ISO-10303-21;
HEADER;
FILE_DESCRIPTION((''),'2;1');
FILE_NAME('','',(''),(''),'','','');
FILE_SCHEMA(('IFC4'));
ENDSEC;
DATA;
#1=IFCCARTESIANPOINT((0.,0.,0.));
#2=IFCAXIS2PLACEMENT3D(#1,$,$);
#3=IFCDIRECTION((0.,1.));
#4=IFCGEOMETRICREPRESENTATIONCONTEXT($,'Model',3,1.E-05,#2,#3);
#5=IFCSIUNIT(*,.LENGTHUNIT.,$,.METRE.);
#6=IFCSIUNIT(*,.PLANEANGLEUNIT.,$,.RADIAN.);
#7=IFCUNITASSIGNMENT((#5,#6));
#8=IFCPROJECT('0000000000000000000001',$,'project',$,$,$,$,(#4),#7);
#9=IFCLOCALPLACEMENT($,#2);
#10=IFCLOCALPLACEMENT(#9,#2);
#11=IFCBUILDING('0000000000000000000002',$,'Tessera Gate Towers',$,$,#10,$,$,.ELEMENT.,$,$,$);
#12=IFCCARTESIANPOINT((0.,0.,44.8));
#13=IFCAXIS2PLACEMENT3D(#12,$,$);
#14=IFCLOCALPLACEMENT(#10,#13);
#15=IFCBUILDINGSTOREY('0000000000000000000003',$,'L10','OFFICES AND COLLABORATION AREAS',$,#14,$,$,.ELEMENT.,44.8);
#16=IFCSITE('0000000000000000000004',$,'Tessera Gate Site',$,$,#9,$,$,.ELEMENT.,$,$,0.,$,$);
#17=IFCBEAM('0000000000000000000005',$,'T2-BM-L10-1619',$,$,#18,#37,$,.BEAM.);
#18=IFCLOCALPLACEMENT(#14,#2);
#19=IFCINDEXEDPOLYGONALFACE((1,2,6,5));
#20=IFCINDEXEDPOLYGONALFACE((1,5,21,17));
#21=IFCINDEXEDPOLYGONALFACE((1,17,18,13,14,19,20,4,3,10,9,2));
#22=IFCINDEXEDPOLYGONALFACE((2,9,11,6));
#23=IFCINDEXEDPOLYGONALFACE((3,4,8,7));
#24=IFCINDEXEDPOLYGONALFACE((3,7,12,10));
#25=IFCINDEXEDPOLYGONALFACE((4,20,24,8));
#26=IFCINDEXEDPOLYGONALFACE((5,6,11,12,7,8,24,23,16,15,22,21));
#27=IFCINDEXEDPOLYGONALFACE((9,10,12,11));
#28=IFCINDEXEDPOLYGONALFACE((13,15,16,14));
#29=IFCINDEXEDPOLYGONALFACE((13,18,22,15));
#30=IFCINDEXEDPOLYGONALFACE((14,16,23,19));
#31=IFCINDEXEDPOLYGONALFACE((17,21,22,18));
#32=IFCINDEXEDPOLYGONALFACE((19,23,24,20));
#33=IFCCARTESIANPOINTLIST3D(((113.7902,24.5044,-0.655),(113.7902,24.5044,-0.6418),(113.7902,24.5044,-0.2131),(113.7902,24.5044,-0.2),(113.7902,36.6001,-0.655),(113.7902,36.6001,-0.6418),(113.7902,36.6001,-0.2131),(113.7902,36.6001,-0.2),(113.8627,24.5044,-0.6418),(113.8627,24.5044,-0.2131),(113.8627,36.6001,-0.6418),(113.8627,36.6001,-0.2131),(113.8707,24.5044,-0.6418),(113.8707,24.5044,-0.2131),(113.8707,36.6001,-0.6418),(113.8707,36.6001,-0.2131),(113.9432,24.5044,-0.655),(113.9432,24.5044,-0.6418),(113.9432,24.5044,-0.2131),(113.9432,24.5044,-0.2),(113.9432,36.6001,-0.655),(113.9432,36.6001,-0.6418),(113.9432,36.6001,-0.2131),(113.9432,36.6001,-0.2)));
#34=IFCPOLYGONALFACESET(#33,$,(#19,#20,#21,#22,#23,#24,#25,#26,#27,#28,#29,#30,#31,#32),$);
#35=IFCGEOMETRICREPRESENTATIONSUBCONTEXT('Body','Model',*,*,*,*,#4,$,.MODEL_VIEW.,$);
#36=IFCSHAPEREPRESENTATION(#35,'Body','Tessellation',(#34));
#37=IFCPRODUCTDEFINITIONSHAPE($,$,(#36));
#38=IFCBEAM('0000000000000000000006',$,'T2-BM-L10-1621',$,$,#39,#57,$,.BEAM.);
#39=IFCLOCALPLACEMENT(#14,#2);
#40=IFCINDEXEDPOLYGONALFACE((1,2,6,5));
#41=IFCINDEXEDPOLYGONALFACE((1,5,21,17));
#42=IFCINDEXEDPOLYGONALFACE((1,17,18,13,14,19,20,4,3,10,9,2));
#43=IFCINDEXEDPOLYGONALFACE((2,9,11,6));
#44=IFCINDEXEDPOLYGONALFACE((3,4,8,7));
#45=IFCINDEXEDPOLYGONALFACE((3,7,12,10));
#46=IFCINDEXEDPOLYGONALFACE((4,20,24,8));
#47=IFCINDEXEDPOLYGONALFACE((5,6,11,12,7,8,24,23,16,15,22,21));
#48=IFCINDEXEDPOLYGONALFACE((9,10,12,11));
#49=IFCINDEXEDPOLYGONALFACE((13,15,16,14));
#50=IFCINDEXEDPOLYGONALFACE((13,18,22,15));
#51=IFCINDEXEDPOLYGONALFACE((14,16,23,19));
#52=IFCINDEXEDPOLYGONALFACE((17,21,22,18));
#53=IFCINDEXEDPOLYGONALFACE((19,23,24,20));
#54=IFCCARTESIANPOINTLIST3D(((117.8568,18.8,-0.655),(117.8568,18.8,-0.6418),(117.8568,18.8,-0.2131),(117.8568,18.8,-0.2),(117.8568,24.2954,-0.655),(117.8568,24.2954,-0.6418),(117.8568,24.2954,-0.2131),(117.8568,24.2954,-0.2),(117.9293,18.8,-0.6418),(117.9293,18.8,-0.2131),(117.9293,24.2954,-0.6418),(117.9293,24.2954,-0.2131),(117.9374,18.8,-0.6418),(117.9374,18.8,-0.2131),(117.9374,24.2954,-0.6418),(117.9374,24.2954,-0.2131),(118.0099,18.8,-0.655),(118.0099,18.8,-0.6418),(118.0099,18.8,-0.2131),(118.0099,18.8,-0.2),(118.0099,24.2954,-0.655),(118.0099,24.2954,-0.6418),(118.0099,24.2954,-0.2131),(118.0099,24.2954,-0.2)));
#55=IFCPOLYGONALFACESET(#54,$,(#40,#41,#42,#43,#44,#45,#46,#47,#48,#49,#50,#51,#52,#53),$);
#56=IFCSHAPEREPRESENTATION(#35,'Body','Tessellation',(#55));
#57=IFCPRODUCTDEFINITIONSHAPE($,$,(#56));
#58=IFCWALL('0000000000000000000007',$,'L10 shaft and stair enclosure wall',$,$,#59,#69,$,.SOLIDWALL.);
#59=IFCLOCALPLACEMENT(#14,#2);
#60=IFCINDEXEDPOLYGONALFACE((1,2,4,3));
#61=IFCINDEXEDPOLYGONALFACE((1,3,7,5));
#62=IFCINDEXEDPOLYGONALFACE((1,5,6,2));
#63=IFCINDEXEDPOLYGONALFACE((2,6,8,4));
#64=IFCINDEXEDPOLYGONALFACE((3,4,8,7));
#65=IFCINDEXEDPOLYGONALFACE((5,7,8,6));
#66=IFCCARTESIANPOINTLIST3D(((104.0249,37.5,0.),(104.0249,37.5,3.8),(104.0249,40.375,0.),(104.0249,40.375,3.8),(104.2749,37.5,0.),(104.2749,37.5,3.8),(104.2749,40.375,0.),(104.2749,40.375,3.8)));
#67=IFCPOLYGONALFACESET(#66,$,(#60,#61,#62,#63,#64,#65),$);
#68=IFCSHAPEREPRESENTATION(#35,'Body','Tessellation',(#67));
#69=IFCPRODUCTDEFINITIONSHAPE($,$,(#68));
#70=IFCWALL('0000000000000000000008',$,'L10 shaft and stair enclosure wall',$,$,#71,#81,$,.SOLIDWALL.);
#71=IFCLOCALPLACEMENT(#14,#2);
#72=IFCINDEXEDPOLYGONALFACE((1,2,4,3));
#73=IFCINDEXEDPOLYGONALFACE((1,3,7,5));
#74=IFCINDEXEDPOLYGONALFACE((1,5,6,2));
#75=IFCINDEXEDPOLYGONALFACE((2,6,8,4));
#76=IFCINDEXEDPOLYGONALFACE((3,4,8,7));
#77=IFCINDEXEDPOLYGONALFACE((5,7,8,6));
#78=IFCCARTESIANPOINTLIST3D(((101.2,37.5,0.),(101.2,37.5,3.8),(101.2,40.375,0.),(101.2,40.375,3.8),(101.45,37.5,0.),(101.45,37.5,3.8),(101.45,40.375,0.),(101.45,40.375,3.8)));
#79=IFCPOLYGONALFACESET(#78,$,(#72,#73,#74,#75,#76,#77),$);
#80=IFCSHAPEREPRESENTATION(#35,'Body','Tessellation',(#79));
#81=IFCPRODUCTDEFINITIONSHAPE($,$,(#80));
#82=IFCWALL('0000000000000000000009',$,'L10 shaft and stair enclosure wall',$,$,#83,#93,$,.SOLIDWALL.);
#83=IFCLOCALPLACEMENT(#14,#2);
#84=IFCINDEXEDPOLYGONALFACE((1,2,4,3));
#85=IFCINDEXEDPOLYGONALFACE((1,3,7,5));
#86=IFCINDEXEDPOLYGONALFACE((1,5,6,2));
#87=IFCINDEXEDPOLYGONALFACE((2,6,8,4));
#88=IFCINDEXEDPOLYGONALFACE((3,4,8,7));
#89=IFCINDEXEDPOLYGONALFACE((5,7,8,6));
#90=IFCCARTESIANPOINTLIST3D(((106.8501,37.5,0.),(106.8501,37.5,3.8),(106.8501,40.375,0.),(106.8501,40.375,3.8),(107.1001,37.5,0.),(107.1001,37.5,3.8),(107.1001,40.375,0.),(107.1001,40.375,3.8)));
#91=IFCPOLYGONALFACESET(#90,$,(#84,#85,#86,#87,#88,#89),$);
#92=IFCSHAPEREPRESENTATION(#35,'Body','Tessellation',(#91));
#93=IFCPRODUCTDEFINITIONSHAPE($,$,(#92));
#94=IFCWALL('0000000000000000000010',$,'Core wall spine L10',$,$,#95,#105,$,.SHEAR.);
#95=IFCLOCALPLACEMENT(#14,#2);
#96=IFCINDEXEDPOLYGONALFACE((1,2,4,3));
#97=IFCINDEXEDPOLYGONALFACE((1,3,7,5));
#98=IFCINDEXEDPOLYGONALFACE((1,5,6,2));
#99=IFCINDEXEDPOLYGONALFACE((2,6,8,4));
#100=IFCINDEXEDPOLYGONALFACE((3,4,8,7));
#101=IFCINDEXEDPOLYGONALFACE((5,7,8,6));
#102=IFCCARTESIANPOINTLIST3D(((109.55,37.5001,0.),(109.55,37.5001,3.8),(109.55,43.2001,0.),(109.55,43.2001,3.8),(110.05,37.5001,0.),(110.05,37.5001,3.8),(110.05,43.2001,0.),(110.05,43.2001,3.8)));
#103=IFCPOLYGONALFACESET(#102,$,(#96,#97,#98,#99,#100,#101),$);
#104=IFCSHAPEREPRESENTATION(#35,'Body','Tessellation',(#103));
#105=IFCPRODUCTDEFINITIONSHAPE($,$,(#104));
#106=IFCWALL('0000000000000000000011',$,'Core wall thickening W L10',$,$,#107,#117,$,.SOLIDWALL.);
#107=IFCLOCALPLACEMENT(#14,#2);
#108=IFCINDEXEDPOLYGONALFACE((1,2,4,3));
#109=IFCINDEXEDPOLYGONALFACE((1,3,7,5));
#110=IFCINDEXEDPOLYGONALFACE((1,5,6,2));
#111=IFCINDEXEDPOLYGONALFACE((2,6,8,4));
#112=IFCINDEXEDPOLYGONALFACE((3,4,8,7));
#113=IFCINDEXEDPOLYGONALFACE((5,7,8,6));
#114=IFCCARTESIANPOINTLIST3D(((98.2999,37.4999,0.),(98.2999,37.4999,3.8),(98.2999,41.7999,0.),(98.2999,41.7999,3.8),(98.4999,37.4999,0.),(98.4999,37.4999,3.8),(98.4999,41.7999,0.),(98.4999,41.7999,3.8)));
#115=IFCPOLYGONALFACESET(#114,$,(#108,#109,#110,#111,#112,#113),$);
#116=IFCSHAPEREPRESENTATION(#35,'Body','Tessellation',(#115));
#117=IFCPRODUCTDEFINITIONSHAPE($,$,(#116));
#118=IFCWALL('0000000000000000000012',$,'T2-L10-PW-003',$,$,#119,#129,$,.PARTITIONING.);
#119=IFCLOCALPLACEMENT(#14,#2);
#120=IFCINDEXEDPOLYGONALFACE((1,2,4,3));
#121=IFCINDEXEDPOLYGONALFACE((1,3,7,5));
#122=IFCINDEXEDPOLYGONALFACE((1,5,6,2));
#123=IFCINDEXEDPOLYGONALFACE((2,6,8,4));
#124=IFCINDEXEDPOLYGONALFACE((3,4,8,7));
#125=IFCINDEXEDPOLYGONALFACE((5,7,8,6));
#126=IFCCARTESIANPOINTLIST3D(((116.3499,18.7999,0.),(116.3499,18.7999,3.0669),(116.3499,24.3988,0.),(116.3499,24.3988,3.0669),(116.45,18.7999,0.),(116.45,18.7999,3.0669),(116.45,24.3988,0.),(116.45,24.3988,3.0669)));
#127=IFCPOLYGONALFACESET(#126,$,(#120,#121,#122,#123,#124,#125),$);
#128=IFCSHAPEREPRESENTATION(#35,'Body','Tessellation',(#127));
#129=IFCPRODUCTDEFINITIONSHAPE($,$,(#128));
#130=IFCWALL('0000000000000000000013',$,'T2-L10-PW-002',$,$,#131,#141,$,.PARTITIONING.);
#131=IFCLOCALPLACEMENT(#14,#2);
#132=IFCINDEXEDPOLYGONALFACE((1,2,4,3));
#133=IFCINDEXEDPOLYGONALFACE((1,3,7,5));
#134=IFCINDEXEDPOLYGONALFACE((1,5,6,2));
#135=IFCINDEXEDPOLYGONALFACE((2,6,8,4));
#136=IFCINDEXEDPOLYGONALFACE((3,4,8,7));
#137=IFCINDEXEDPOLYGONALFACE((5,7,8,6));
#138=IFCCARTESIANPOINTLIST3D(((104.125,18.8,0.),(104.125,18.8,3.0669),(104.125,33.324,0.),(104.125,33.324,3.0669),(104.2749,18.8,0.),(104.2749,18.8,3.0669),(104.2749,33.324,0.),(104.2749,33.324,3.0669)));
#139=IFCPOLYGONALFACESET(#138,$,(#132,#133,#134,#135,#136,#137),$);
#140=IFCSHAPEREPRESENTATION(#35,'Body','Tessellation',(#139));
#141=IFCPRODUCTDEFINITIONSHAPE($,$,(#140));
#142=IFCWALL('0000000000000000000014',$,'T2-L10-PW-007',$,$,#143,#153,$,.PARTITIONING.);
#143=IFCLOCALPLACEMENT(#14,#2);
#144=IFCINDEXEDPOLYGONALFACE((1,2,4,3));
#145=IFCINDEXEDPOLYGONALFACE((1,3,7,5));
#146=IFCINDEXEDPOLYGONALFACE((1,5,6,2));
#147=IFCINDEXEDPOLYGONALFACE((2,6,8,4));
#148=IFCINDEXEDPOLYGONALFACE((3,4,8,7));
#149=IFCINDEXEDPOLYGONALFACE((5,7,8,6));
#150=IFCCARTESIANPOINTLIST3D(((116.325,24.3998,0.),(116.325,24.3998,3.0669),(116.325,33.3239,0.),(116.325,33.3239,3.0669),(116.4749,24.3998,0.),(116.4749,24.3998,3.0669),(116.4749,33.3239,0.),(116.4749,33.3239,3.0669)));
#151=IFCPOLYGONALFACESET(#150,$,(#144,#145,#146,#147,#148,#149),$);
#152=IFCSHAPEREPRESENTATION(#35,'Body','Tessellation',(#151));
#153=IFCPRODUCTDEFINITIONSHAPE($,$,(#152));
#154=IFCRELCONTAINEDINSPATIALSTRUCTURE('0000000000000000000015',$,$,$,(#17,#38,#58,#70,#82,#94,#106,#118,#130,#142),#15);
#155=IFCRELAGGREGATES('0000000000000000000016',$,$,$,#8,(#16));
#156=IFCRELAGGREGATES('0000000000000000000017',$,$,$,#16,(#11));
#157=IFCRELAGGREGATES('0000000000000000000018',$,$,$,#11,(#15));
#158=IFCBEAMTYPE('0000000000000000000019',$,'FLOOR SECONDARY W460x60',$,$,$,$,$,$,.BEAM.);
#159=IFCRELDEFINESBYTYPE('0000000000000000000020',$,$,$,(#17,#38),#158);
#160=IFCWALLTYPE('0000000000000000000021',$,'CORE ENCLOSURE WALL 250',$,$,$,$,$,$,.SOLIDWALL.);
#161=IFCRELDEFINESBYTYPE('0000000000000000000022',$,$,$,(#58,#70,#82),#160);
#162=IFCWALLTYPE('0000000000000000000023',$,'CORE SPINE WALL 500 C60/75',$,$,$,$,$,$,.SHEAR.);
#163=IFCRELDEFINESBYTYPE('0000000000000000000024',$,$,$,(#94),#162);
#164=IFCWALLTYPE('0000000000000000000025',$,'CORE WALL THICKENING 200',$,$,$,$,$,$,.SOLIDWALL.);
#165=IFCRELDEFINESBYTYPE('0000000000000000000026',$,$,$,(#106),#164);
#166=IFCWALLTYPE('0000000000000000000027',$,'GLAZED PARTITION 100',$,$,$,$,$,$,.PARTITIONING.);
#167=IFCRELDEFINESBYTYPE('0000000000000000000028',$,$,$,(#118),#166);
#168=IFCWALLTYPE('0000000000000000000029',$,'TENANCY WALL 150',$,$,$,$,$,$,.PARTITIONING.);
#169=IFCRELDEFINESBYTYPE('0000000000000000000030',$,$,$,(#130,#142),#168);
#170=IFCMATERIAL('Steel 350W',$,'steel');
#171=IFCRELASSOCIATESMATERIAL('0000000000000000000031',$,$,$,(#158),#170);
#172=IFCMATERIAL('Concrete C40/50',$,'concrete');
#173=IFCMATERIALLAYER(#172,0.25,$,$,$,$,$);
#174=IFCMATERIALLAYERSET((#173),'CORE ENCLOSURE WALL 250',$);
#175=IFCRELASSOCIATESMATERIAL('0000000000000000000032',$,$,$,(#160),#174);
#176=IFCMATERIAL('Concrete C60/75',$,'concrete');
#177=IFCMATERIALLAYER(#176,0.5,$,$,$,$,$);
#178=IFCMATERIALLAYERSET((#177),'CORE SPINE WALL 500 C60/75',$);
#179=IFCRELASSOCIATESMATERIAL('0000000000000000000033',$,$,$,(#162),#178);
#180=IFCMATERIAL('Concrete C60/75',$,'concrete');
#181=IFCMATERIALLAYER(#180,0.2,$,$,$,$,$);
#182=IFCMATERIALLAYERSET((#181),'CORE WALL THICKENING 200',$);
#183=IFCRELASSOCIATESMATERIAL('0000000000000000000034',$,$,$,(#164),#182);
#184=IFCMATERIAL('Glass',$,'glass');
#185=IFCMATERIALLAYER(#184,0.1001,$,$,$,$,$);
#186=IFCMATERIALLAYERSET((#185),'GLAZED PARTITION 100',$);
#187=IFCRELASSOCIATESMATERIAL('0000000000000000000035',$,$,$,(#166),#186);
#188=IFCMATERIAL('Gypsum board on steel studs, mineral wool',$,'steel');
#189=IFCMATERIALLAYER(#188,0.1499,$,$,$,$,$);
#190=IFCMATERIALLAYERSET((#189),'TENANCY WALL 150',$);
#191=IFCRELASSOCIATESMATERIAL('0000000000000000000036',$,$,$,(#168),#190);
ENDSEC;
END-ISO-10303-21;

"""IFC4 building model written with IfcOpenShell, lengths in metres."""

from ifc_helpers import new_model, si_unit, direction, frame, frame_2d, origin, origin_2d, place, context, subcontext, project, spatial, rectangle, i_section, extrude, material, layer, layer_set, material_profile, profile_set, type_object, element, save


model = new_model("IFC4")

# Units and contexts
model_context = context("Model", 3, precision=1e-05, world=origin(), true_north=direction((0.0, 1.0)))
body_context = subcontext(model_context, "Body", "Model", "MODEL_VIEW")
ifc_project = project(units=[si_unit("LENGTHUNIT", "METRE"), si_unit("PLANEANGLEUNIT", "RADIAN")], contexts=[model_context])

# Site, building, storey
site_placement = place(None, origin())
site = spatial("IfcSite", under=ifc_project, at=site_placement, Name="Tessera Gate Site", CompositionType="ELEMENT", RefElevation=0.0)
building_placement = place(site_placement, origin())
building = spatial("IfcBuilding", under=site, at=building_placement, Name="Tessera Gate Towers", CompositionType="ELEMENT")
storey_placement = place(building_placement, frame((0.0, 0.0, 44.8)))
storey = spatial("IfcBuildingStorey", under=building, at=storey_placement, Name="L10", Description="OFFICES AND COLLABORATION AREAS", CompositionType="ELEMENT", Elevation=44.8)

# Beams
ifc_material_1 = material(Name="Steel 350W", Category="steel")
ifc_material_profile_1 = material_profile(ifc_material_1, i_section(OverallWidth=0.1531, OverallDepth=0.4551, WebThickness=0.0081, FlangeThickness=0.0132, at=origin_2d()), Name="W460x60")
ifc_profile_set_1 = profile_set([ifc_material_profile_1], Name="Steel 350W")
beam_type_1 = type_object("IfcBeamType", Name="FLOOR SECONDARY W460x60", PredefinedType="BEAM", material=ifc_profile_set_1)
beam_1_placement = place(storey_placement, frame((113.8667, 24.5044, -0.4275), z_axis=(0.0, 1.0, 0.0), x_axis=(-1.0, 0.0, 0.0)))
element("IfcBeam", 1, at=beam_1_placement, inside=storey, type_object=beam_type_1, Name="T2-BM-L10-1619", PredefinedType="BEAM", context=body_context, shape_type="SweptSolid", body=[
    extrude(i_section(OverallWidth=0.1531, OverallDepth=0.4551, WebThickness=0.0081, FlangeThickness=0.0132, at=origin_2d()), origin(), (0.0, 0.0, 1.0), 12.0957),
])
beam_2_placement = place(storey_placement, frame((117.9333, 18.8, -0.4275), z_axis=(0.0, 1.0, 0.0), x_axis=(-1.0, 0.0, 0.0)))
element("IfcBeam", 2, at=beam_2_placement, inside=storey, type_object=beam_type_1, Name="T2-BM-L10-1621", PredefinedType="BEAM", context=body_context, shape_type="SweptSolid", body=[
    extrude(i_section(OverallWidth=0.1531, OverallDepth=0.4551, WebThickness=0.0081, FlangeThickness=0.0132, at=origin_2d()), origin(), (0.0, 0.0, 1.0), 5.4954),
])

# Walls
ifc_material_2 = material(Name="Concrete C40/50", Category="concrete")
ifc_layer_1 = layer(ifc_material_2, 0.25)
ifc_layer_set_1 = layer_set([ifc_layer_1], Name="CORE ENCLOSURE WALL 250")
wall_type_1 = type_object("IfcWallType", Name="CORE ENCLOSURE WALL 250", PredefinedType="SOLIDWALL", material=ifc_layer_set_1)
for number, where, z_axis, x_axis, name in (
    (3, (104.1499, 37.5, 0.0), (0.0, 0.0, 1.0), (0.0, 1.0, 0.0), "L10 shaft and stair enclosure wall"),
    (4, (101.325, 37.5, 0.0), (0.0, 0.0, 1.0), (0.0, 1.0, 0.0), "L10 shaft and stair enclosure wall"),
    (5, (106.9751, 37.5, 0.0), (0.0, 0.0, 1.0), (0.0, 1.0, 0.0), "L10 shaft and stair enclosure wall"),
):
    element("IfcWall", number, at=place(storey_placement, frame(where, z_axis=z_axis, x_axis=x_axis)), inside=storey, type_object=wall_type_1, Name=name, PredefinedType="SOLIDWALL", context=body_context, shape_type="SweptSolid", body=[
        extrude(rectangle(XDim=2.875, YDim=0.25, at=frame_2d((1.4375, 0.0))), origin(), (0.0, 0.0, 1.0), 3.8),
    ])
ifc_material_3 = material(Name="Concrete C60/75", Category="concrete")
ifc_layer_2 = layer(ifc_material_3, 0.5)
ifc_layer_set_2 = layer_set([ifc_layer_2], Name="CORE SPINE WALL 500 C60/75")
wall_type_2 = type_object("IfcWallType", Name="CORE SPINE WALL 500 C60/75", PredefinedType="SHEAR", material=ifc_layer_set_2)
wall_1_placement = place(storey_placement, frame((109.8, 37.5, 0.0), z_axis=(0.0, 0.0, 1.0), x_axis=(0.0, 1.0, 0.0)))
element("IfcWall", 6, at=wall_1_placement, inside=storey, type_object=wall_type_2, Name="Core wall spine L10", PredefinedType="SHEAR", context=body_context, shape_type="SweptSolid", body=[
    extrude(rectangle(XDim=5.7, YDim=0.5, at=frame_2d((2.8501, 0.0))), origin(), (0.0, 0.0, 1.0), 3.8),
])
ifc_material_4 = material(Name="Concrete C60/75", Category="concrete")
ifc_layer_3 = layer(ifc_material_4, 0.2)
ifc_layer_set_3 = layer_set([ifc_layer_3], Name="CORE WALL THICKENING 200")
wall_type_3 = type_object("IfcWallType", Name="CORE WALL THICKENING 200", PredefinedType="SOLIDWALL", material=ifc_layer_set_3)
wall_2_placement = place(storey_placement, frame((98.3999, 37.5, 0.0), z_axis=(0.0, 0.0, 1.0), x_axis=(0.0, 1.0, 0.0)))
element("IfcWall", 7, at=wall_2_placement, inside=storey, type_object=wall_type_3, Name="Core wall thickening W L10", PredefinedType="SOLIDWALL", context=body_context, shape_type="SweptSolid", body=[
    extrude(rectangle(XDim=4.3, YDim=0.2, at=frame_2d((2.1499, 0.0))), origin(), (0.0, 0.0, 1.0), 3.8),
])
ifc_material_5 = material(Name="Glass", Category="glass")
ifc_layer_4 = layer(ifc_material_5, 0.1001)
ifc_layer_set_4 = layer_set([ifc_layer_4], Name="GLAZED PARTITION 100")
wall_type_4 = type_object("IfcWallType", Name="GLAZED PARTITION 100", PredefinedType="PARTITIONING", material=ifc_layer_set_4)
wall_3_placement = place(storey_placement, frame((116.3999, 18.8, 0.0), z_axis=(0.0, 0.0, 1.0), x_axis=(0.0, 1.0, 0.0)))
element("IfcWall", 8, at=wall_3_placement, inside=storey, type_object=wall_type_4, Name="T2-L10-PW-003", PredefinedType="PARTITIONING", context=body_context, shape_type="SweptSolid", body=[
    extrude(rectangle(XDim=5.5989, YDim=0.1001, at=frame_2d((2.7993, 0.0))), origin(), (0.0, 0.0, 1.0), 3.0669),
])
ifc_material_6 = material(Name="Gypsum board on steel studs, mineral wool", Category="steel")
ifc_layer_5 = layer(ifc_material_6, 0.1499)
ifc_layer_set_5 = layer_set([ifc_layer_5], Name="TENANCY WALL 150")
wall_type_5 = type_object("IfcWallType", Name="TENANCY WALL 150", PredefinedType="PARTITIONING", material=ifc_layer_set_5)
wall_4_placement = place(storey_placement, frame((104.2, 18.8, 0.0), z_axis=(0.0, 0.0, 1.0), x_axis=(0.0, 1.0, 0.0)))
element("IfcWall", 9, at=wall_4_placement, inside=storey, type_object=wall_type_5, Name="T2-L10-PW-002", PredefinedType="PARTITIONING", context=body_context, shape_type="SweptSolid", body=[
    extrude(rectangle(XDim=14.5239, YDim=0.1499, at=frame_2d((7.262, 0.0))), origin(), (0.0, 0.0, 1.0), 3.0669),
])
wall_5_placement = place(storey_placement, frame((116.3999, 24.3999, 0.0), z_axis=(0.0, 0.0, 1.0), x_axis=(0.0, 1.0, 0.0)))
element("IfcWall", 10, at=wall_5_placement, inside=storey, type_object=wall_type_5, Name="T2-L10-PW-007", PredefinedType="PARTITIONING", context=body_context, shape_type="SweptSolid", body=[
    extrude(rectangle(XDim=8.9241, YDim=0.1499, at=frame_2d((4.4619, 0.0))), origin(), (0.0, 0.0, 1.0), 3.0669),
])

save(model, "model.ifc")
